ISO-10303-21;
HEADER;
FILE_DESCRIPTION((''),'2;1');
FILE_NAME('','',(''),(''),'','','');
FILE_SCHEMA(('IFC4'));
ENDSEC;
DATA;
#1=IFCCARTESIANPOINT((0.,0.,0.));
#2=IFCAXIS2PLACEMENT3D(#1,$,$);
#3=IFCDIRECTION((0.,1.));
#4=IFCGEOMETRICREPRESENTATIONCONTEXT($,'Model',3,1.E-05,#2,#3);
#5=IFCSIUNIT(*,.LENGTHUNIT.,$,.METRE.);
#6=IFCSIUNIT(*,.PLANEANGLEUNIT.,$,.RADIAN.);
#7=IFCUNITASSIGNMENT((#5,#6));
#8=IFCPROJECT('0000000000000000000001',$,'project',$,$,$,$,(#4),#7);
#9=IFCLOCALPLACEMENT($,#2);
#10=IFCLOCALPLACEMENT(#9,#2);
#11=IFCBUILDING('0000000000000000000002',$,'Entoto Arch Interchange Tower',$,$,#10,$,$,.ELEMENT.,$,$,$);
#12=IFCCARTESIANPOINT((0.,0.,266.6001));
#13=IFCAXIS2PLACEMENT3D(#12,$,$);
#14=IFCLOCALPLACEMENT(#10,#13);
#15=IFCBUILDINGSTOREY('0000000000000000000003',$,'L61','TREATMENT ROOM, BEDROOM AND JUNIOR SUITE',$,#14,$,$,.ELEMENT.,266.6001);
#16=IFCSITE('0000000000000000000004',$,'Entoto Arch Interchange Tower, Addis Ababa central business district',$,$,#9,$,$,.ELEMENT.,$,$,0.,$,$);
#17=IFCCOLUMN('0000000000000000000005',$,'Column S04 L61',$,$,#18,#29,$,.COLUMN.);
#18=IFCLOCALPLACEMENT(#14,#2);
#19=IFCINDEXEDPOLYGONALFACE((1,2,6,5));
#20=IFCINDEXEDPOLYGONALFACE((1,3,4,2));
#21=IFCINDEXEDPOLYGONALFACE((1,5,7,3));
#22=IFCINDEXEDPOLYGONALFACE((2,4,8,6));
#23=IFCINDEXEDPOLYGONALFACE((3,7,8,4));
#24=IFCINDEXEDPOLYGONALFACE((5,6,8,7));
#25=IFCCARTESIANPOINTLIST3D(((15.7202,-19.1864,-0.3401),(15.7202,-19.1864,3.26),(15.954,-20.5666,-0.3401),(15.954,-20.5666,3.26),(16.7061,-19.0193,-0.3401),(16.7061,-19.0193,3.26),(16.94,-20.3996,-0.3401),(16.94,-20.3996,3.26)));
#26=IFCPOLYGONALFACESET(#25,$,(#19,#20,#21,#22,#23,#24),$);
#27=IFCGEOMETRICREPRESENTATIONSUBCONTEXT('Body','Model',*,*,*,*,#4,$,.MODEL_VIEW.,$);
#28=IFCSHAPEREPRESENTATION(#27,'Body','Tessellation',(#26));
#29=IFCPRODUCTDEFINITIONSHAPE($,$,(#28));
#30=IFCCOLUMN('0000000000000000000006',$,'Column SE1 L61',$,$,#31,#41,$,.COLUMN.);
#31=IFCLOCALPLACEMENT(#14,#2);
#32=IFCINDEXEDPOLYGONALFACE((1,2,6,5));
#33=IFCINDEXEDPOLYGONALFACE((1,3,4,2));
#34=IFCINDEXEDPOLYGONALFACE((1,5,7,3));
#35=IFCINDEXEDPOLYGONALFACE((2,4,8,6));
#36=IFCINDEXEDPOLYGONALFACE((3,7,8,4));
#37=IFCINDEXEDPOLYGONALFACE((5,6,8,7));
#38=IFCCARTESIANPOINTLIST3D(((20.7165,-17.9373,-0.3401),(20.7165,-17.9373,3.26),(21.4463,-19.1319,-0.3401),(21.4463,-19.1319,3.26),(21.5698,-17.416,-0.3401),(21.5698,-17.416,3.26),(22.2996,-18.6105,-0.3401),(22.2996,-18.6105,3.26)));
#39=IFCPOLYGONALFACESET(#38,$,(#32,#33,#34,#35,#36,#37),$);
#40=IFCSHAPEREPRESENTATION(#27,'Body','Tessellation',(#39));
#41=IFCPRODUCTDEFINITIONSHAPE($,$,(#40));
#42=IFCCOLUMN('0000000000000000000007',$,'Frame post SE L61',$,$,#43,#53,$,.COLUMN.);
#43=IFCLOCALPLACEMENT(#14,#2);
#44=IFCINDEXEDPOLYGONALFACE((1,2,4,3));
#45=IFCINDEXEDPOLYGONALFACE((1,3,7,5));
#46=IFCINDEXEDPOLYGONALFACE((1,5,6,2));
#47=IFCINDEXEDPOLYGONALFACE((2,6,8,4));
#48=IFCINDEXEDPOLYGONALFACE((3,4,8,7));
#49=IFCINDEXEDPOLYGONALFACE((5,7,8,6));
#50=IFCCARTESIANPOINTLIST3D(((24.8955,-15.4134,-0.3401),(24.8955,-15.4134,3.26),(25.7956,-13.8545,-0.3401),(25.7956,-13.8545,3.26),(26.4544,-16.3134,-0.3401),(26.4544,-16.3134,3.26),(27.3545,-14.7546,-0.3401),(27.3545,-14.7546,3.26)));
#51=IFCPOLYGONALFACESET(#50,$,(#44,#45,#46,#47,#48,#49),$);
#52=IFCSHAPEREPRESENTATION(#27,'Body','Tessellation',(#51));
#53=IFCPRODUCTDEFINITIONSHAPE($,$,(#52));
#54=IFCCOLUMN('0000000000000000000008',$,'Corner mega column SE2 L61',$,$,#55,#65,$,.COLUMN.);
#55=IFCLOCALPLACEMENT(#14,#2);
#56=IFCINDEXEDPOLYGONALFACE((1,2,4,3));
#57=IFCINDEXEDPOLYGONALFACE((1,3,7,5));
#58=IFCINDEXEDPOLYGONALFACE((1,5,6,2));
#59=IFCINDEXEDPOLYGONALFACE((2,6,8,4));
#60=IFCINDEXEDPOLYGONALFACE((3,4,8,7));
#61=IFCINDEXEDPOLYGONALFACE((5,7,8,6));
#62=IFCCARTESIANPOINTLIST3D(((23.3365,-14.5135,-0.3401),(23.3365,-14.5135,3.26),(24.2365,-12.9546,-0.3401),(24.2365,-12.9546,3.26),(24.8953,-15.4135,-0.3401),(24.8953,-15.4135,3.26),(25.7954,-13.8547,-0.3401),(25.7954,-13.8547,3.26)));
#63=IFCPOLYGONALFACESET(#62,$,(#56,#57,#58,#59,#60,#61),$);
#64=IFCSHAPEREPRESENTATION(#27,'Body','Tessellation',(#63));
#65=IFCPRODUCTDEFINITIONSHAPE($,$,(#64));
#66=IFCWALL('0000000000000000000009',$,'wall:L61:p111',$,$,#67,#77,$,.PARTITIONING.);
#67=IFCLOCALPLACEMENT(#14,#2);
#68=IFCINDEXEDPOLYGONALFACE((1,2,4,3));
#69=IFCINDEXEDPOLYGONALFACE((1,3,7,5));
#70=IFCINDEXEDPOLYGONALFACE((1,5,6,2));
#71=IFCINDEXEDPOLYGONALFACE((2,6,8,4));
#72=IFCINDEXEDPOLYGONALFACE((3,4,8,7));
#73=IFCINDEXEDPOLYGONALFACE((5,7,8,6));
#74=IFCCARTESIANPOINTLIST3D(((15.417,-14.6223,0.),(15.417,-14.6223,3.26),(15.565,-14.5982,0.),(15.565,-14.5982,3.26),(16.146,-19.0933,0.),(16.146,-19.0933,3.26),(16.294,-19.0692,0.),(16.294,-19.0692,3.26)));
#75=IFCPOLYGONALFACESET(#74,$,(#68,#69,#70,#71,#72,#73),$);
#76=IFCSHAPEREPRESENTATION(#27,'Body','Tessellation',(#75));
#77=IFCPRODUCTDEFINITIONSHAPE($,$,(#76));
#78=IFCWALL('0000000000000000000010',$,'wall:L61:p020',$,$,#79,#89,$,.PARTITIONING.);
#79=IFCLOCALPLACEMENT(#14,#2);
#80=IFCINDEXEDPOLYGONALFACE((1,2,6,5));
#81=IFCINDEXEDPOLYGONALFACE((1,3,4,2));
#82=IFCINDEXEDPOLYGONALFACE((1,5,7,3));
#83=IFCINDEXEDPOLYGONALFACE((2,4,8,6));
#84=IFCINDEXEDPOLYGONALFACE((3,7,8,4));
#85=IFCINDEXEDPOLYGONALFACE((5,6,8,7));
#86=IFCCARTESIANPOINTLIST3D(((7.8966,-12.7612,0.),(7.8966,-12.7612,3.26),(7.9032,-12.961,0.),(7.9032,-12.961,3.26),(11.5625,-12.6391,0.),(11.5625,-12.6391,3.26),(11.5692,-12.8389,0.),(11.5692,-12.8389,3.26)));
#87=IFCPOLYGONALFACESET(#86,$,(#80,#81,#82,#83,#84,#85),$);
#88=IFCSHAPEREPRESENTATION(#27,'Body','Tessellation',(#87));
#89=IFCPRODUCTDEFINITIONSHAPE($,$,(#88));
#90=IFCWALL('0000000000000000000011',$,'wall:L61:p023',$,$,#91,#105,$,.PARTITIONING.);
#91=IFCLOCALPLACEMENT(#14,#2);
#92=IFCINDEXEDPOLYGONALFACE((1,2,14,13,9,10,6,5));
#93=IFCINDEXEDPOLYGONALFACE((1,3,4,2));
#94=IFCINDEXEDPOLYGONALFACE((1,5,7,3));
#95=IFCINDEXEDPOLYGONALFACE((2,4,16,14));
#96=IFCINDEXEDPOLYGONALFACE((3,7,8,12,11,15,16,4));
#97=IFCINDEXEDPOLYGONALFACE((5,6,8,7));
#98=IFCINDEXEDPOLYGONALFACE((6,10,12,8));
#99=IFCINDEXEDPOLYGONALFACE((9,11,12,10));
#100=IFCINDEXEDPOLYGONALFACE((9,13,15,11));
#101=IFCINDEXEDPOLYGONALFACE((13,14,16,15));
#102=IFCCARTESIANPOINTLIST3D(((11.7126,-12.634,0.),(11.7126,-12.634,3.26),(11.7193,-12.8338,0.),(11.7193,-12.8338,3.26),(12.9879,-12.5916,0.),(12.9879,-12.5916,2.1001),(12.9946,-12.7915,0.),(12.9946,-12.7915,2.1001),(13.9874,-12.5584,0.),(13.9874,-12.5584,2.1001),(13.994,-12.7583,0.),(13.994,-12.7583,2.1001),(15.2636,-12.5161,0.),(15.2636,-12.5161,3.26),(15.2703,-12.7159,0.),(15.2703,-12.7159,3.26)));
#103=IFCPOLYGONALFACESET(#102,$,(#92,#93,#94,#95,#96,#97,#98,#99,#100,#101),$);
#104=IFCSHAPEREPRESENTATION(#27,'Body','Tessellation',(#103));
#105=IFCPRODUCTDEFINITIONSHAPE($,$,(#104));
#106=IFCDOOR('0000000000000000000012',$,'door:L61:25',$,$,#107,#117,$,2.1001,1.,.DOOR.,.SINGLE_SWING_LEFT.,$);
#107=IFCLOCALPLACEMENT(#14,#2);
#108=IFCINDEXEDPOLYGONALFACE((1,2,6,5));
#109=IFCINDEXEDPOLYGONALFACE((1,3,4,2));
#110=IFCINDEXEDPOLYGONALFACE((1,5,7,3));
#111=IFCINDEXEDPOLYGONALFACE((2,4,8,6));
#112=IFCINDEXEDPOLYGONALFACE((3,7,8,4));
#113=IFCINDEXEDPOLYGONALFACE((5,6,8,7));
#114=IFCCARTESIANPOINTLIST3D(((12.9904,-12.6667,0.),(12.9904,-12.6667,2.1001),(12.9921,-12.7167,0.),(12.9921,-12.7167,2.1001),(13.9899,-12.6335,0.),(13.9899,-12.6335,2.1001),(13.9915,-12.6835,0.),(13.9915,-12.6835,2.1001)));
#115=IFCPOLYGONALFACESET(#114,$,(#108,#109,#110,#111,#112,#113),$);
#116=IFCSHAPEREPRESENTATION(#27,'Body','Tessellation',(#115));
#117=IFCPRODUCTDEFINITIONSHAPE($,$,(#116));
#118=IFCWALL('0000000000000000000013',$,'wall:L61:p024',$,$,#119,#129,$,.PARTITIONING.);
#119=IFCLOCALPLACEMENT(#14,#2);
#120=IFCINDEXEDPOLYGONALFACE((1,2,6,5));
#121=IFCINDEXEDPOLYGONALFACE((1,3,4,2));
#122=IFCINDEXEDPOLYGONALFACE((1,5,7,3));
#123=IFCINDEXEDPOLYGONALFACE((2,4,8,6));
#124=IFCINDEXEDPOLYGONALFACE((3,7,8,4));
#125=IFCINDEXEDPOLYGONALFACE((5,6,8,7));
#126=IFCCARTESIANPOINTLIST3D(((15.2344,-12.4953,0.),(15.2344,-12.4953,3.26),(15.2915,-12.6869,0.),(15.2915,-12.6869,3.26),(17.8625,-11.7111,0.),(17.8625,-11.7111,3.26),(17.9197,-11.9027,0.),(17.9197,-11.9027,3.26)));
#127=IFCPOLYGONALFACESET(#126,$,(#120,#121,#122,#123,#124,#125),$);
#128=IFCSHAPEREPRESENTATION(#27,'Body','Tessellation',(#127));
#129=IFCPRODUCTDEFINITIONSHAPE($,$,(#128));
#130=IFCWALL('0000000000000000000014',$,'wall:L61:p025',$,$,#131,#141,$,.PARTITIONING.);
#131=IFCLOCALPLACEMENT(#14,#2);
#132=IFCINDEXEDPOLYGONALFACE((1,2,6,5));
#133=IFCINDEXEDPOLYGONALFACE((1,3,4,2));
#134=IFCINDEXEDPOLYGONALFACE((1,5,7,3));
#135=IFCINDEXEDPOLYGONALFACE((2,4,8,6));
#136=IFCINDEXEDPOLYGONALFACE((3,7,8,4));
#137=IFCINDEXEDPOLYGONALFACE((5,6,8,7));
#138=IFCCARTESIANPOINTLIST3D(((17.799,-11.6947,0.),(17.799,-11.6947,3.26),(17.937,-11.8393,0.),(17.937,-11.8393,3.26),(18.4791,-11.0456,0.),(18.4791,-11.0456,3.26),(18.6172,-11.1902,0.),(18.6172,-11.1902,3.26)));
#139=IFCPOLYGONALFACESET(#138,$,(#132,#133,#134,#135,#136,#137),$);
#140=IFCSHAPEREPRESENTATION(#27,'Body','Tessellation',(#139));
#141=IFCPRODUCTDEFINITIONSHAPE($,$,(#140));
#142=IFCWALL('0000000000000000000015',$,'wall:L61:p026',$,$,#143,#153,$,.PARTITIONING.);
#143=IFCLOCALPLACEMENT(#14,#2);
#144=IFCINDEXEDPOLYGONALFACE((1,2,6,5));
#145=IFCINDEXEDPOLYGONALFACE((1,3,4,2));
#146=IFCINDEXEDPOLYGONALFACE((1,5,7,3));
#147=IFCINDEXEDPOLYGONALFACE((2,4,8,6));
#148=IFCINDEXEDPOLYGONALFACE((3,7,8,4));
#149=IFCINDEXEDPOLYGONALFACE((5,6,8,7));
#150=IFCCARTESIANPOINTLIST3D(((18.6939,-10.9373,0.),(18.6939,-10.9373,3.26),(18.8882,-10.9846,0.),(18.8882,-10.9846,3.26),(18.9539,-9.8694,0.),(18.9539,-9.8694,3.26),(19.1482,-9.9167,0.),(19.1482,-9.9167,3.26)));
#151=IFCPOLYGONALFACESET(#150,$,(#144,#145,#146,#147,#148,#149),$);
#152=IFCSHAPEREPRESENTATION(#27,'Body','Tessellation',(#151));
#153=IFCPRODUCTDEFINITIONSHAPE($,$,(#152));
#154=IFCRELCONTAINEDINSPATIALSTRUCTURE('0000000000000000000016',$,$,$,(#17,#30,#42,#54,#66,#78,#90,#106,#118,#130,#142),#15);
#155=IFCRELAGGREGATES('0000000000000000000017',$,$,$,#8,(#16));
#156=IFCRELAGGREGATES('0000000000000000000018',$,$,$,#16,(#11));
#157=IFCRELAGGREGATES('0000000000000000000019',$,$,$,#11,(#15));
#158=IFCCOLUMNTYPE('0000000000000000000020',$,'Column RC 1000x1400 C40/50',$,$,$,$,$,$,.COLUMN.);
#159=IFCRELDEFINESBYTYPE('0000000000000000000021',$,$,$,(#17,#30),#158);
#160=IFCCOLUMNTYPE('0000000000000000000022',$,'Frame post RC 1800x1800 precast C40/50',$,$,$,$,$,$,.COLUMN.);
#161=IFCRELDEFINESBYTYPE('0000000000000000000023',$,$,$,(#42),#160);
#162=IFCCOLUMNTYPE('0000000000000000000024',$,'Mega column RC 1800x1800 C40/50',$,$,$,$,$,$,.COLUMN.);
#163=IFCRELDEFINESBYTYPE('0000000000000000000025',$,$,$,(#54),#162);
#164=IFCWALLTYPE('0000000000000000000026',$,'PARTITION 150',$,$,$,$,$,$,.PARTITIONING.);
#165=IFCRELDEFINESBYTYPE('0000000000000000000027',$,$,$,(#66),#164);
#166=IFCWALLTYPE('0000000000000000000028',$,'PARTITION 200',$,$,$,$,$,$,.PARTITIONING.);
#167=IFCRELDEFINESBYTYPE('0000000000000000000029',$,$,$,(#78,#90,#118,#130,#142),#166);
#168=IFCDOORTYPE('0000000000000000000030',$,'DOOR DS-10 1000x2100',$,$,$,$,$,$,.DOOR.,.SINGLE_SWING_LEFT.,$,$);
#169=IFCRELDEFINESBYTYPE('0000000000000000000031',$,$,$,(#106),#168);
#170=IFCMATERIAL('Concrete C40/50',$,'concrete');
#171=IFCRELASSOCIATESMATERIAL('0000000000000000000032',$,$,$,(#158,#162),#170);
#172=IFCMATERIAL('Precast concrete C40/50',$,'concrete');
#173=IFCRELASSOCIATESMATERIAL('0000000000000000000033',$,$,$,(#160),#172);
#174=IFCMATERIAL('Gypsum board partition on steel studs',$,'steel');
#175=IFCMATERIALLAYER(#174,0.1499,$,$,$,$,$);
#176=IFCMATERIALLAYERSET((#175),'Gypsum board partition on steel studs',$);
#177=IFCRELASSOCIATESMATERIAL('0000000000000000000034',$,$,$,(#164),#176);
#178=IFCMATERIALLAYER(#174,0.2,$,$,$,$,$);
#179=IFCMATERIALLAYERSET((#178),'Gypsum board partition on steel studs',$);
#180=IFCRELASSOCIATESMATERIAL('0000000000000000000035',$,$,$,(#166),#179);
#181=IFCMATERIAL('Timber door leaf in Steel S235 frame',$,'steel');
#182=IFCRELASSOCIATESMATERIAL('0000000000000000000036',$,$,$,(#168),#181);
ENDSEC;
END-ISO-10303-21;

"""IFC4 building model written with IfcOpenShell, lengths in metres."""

from ifc_helpers import new_model, si_unit, direction, frame, frame_2d, origin, origin_2d, place, context, subcontext, project, spatial, rectangle, extrude, material, layer, layer_set, material_profile, profile_set, type_object, element, fill, save


model = new_model("IFC4")

# Units and contexts
model_context = context("Model", 3, precision=1e-05, world=origin(), true_north=direction((0.0, 1.0)))
body_context = subcontext(model_context, "Body", "Model", "MODEL_VIEW")
ifc_project = project(units=[si_unit("LENGTHUNIT", "METRE"), si_unit("PLANEANGLEUNIT", "RADIAN")], contexts=[model_context])

# Site, building, storey
site_placement = place(None, origin())
site = spatial("IfcSite", under=ifc_project, at=site_placement, Name="Entoto Arch Interchange Tower, Addis Ababa central business district", CompositionType="ELEMENT", RefElevation=0.0)
building_placement = place(site_placement, origin())
building = spatial("IfcBuilding", under=site, at=building_placement, Name="Entoto Arch Interchange Tower", CompositionType="ELEMENT")
storey_placement = place(building_placement, frame((0.0, 0.0, 266.6001)))
storey = spatial("IfcBuildingStorey", under=building, at=storey_placement, Name="L61", Description="TREATMENT ROOM, BEDROOM AND JUNIOR SUITE", CompositionType="ELEMENT", Elevation=266.6001)

# Columns
ifc_material_1 = material(Name="Concrete C40/50", Category="concrete")
ifc_material_profile_1 = material_profile(ifc_material_1, rectangle(XDim=1.0, YDim=1.3999, at=origin_2d()))
ifc_profile_set_1 = profile_set([ifc_material_profile_1], Name="Concrete C40/50")
column_type_1 = type_object("IfcColumnType", Name="Column RC 1000x1400 C40/50", PredefinedType="COLUMN", material=ifc_profile_set_1)
for number, where, z_axis, x_axis, name in (
    (1, (16.3301, -19.793, -0.3401), (0.0, 0.0, 1.0), (0.985952, 0.167027, 0.0), "Column S04 L61"),
    (2, (21.5081, -18.2739, -0.3401), (0.0, 0.0, 1.0), (0.853342, 0.521352, 0.0), "Column SE1 L61"),
):
    element("IfcColumn", number, at=place(storey_placement, frame(where, z_axis=z_axis, x_axis=x_axis)), inside=storey, type_object=column_type_1, Name=name, PredefinedType="COLUMN", context=body_context, shape_type="SweptSolid", body=[
        extrude(rectangle(XDim=1.0, YDim=1.3999, at=origin_2d()), origin(), (0.0, 0.0, 1.0), 3.6001),
    ])
ifc_material_2 = material(Name="Precast concrete C40/50", Category="concrete")
ifc_material_profile_2 = material_profile(ifc_material_2, rectangle(XDim=1.8, YDim=1.8, at=origin_2d()))
ifc_profile_set_2 = profile_set([ifc_material_profile_2], Name="Precast concrete C40/50")
column_type_2 = type_object("IfcColumnType", Name="Frame post RC 1800x1800 precast C40/50", PredefinedType="COLUMN", material=ifc_profile_set_2)
column_1_placement = place(storey_placement, frame((26.125, -15.084, -0.3401), z_axis=(0.0, 0.0, 1.0), x_axis=(-0.866025, 0.5, 0.0)))
element("IfcColumn", 3, at=column_1_placement, inside=storey, type_object=column_type_2, Name="Frame post SE L61", PredefinedType="COLUMN", context=body_context, shape_type="SweptSolid", body=[
    extrude(rectangle(XDim=1.8, YDim=1.8, at=origin_2d()), origin(), (0.0, 0.0, 1.0), 3.6001),
])
ifc_material_profile_3 = material_profile(ifc_material_1, rectangle(XDim=1.8, YDim=1.8, at=origin_2d()))
ifc_profile_set_3 = profile_set([ifc_material_profile_3], Name="Concrete C40/50")
column_type_3 = type_object("IfcColumnType", Name="Mega column RC 1800x1800 C40/50", PredefinedType="COLUMN", material=ifc_profile_set_3)
column_2_placement = place(storey_placement, frame((24.5659, -14.1841, -0.3401), z_axis=(0.0, 0.0, 1.0), x_axis=(-0.866025, 0.5, 0.0)))
element("IfcColumn", 4, at=column_2_placement, inside=storey, type_object=column_type_3, Name="Corner mega column SE2 L61", PredefinedType="COLUMN", context=body_context, shape_type="SweptSolid", body=[
    extrude(rectangle(XDim=1.8, YDim=1.8, at=origin_2d()), origin(), (0.0, 0.0, 1.0), 3.6001),
])

# Walls
ifc_material_3 = material(Name="Gypsum board partition on steel studs", Category="steel")
ifc_layer_1 = layer(ifc_material_3, 0.1499)
ifc_layer_set_1 = layer_set([ifc_layer_1], Name="Gypsum board partition on steel studs")
wall_type_1 = type_object("IfcWallType", Name="PARTITION 150", PredefinedType="PARTITIONING", material=ifc_layer_set_1)
wall_1_placement = place(storey_placement, frame((15.491, -14.6101, 0.0), z_axis=(0.0, 0.0, 1.0), x_axis=(0.160928, -0.986966, 0.0)))
element("IfcWall", 5, at=wall_1_placement, inside=storey, type_object=wall_type_1, Name="wall:L61:p111", PredefinedType="PARTITIONING", context=body_context, shape_type="SweptSolid", body=[
    extrude(rectangle(XDim=4.53, YDim=0.1499, at=frame_2d((2.2651, 0.0))), origin(), (0.0, 0.0, 1.0), 3.26),
])
ifc_layer_2 = layer(ifc_material_3, 0.2)
ifc_layer_set_2 = layer_set([ifc_layer_2], Name="Gypsum board partition on steel studs")
wall_type_2 = type_object("IfcWallType", Name="PARTITION 200", PredefinedType="PARTITIONING", material=ifc_layer_set_2)
wall_2_placement = place(storey_placement, frame((7.8999, -12.8611, 0.0), z_axis=(0.0, 0.0, 1.0), x_axis=(0.999446, 0.033279, 0.0)))
element("IfcWall", 6, at=wall_2_placement, inside=storey, type_object=wall_type_2, Name="wall:L61:p020", PredefinedType="PARTITIONING", context=body_context, shape_type="SweptSolid", body=[
    extrude(rectangle(XDim=3.668, YDim=0.2, at=frame_2d((1.834, 0.0))), origin(), (0.0, 0.0, 1.0), 3.26),
])

# Wall, opening, door
wall_3_placement = place(storey_placement, frame((11.7161, -12.7339, 0.0), z_axis=(0.0, 0.0, 1.0), x_axis=(0.999449, 0.033189, 0.0)))
wall_3 = element("IfcWall", 7, at=wall_3_placement, inside=storey, type_object=wall_type_2, Name="wall:L61:p023", PredefinedType="PARTITIONING", context=body_context, shape_type="SweptSolid", body=[
    extrude(rectangle(XDim=3.553, YDim=0.2, at=frame_2d((1.7764, 0.0))), origin(), (0.0, 0.0, 1.0), 3.26),
])
opening_1_placement = place(wall_3_placement, frame((1.2759, 0.0, 0.0)))
opening_1 = element("IfcOpeningElement", 8, at=opening_1_placement, cuts=wall_3, PredefinedType="OPENING", context=body_context, shape_type="SweptSolid", body=[
    extrude(rectangle(XDim=1.0, YDim=2.1001, at=frame_2d((0.5, 1.05))), frame((0.0, 0.1099, 0.0), z_axis=(0.0, -1.0, 0.0), x_axis=(1.0, 0.0, 0.0)), (0.0, 0.0, 1.0), 0.22),
])
ifc_material_4 = material(Name="Timber door leaf in Steel S235 frame", Category="steel")
door_type_1 = type_object("IfcDoorType", Name="DOOR DS-10 1000x2100", OperationType="SINGLE_SWING_LEFT", PredefinedType="DOOR", material=ifc_material_4)
door_1_placement = place(opening_1_placement, origin())
door_1 = element("IfcDoor", 9, at=door_1_placement, inside=storey, type_object=door_type_1, Name="door:L61:25", OperationType="SINGLE_SWING_LEFT", OverallHeight=2.1001, OverallWidth=1.0, PredefinedType="DOOR", context=body_context, shape_type="SweptSolid", body=[
    extrude(rectangle(XDim=1.0, YDim=2.1001, at=frame_2d((0.5, 1.05))), frame((0.0, 0.0249, 0.0), z_axis=(0.0, -1.0, 0.0), x_axis=(1.0, 0.0, 0.0)), (0.0, 0.0, 1.0), 0.05),
])
fill(opening_1, door_1)

# Walls
wall_4_placement = place(storey_placement, frame((15.2629, -12.5911, 0.0), z_axis=(0.0, 0.0, 1.0), x_axis=(0.958254, 0.285918, 0.0)))
element("IfcWall", 10, at=wall_4_placement, inside=storey, type_object=wall_type_2, Name="wall:L61:p024", PredefinedType="PARTITIONING", context=body_context, shape_type="SweptSolid", body=[
    extrude(rectangle(XDim=2.7427, YDim=0.2, at=frame_2d((1.3713, 0.0))), origin(), (0.0, 0.0, 1.0), 3.26),
])
wall_5_placement = place(storey_placement, frame((17.8679, -11.7671, 0.0), z_axis=(0.0, 0.0, 1.0), x_axis=(0.723403, 0.690426, 0.0)))
element("IfcWall", 11, at=wall_5_placement, inside=storey, type_object=wall_type_2, Name="wall:L61:p025", PredefinedType="PARTITIONING", context=body_context, shape_type="SweptSolid", body=[
    extrude(rectangle(XDim=0.9402, YDim=0.2, at=frame_2d((0.4702, 0.0))), origin(), (0.0, 0.0, 1.0), 3.26),
])
wall_6_placement = place(storey_placement, frame((18.791, -10.9609, 0.0), z_axis=(0.0, 0.0, 1.0), x_axis=(0.236573, 0.971614, 0.0)))
element("IfcWall", 12, at=wall_6_placement, inside=storey, type_object=wall_type_2, Name="wall:L61:p026", PredefinedType="PARTITIONING", context=body_context, shape_type="SweptSolid", body=[
    extrude(rectangle(XDim=1.0991, YDim=0.2, at=frame_2d((0.5496, 0.0))), origin(), (0.0, 0.0, 1.0), 3.26),
])

save(model, "model.ifc")
